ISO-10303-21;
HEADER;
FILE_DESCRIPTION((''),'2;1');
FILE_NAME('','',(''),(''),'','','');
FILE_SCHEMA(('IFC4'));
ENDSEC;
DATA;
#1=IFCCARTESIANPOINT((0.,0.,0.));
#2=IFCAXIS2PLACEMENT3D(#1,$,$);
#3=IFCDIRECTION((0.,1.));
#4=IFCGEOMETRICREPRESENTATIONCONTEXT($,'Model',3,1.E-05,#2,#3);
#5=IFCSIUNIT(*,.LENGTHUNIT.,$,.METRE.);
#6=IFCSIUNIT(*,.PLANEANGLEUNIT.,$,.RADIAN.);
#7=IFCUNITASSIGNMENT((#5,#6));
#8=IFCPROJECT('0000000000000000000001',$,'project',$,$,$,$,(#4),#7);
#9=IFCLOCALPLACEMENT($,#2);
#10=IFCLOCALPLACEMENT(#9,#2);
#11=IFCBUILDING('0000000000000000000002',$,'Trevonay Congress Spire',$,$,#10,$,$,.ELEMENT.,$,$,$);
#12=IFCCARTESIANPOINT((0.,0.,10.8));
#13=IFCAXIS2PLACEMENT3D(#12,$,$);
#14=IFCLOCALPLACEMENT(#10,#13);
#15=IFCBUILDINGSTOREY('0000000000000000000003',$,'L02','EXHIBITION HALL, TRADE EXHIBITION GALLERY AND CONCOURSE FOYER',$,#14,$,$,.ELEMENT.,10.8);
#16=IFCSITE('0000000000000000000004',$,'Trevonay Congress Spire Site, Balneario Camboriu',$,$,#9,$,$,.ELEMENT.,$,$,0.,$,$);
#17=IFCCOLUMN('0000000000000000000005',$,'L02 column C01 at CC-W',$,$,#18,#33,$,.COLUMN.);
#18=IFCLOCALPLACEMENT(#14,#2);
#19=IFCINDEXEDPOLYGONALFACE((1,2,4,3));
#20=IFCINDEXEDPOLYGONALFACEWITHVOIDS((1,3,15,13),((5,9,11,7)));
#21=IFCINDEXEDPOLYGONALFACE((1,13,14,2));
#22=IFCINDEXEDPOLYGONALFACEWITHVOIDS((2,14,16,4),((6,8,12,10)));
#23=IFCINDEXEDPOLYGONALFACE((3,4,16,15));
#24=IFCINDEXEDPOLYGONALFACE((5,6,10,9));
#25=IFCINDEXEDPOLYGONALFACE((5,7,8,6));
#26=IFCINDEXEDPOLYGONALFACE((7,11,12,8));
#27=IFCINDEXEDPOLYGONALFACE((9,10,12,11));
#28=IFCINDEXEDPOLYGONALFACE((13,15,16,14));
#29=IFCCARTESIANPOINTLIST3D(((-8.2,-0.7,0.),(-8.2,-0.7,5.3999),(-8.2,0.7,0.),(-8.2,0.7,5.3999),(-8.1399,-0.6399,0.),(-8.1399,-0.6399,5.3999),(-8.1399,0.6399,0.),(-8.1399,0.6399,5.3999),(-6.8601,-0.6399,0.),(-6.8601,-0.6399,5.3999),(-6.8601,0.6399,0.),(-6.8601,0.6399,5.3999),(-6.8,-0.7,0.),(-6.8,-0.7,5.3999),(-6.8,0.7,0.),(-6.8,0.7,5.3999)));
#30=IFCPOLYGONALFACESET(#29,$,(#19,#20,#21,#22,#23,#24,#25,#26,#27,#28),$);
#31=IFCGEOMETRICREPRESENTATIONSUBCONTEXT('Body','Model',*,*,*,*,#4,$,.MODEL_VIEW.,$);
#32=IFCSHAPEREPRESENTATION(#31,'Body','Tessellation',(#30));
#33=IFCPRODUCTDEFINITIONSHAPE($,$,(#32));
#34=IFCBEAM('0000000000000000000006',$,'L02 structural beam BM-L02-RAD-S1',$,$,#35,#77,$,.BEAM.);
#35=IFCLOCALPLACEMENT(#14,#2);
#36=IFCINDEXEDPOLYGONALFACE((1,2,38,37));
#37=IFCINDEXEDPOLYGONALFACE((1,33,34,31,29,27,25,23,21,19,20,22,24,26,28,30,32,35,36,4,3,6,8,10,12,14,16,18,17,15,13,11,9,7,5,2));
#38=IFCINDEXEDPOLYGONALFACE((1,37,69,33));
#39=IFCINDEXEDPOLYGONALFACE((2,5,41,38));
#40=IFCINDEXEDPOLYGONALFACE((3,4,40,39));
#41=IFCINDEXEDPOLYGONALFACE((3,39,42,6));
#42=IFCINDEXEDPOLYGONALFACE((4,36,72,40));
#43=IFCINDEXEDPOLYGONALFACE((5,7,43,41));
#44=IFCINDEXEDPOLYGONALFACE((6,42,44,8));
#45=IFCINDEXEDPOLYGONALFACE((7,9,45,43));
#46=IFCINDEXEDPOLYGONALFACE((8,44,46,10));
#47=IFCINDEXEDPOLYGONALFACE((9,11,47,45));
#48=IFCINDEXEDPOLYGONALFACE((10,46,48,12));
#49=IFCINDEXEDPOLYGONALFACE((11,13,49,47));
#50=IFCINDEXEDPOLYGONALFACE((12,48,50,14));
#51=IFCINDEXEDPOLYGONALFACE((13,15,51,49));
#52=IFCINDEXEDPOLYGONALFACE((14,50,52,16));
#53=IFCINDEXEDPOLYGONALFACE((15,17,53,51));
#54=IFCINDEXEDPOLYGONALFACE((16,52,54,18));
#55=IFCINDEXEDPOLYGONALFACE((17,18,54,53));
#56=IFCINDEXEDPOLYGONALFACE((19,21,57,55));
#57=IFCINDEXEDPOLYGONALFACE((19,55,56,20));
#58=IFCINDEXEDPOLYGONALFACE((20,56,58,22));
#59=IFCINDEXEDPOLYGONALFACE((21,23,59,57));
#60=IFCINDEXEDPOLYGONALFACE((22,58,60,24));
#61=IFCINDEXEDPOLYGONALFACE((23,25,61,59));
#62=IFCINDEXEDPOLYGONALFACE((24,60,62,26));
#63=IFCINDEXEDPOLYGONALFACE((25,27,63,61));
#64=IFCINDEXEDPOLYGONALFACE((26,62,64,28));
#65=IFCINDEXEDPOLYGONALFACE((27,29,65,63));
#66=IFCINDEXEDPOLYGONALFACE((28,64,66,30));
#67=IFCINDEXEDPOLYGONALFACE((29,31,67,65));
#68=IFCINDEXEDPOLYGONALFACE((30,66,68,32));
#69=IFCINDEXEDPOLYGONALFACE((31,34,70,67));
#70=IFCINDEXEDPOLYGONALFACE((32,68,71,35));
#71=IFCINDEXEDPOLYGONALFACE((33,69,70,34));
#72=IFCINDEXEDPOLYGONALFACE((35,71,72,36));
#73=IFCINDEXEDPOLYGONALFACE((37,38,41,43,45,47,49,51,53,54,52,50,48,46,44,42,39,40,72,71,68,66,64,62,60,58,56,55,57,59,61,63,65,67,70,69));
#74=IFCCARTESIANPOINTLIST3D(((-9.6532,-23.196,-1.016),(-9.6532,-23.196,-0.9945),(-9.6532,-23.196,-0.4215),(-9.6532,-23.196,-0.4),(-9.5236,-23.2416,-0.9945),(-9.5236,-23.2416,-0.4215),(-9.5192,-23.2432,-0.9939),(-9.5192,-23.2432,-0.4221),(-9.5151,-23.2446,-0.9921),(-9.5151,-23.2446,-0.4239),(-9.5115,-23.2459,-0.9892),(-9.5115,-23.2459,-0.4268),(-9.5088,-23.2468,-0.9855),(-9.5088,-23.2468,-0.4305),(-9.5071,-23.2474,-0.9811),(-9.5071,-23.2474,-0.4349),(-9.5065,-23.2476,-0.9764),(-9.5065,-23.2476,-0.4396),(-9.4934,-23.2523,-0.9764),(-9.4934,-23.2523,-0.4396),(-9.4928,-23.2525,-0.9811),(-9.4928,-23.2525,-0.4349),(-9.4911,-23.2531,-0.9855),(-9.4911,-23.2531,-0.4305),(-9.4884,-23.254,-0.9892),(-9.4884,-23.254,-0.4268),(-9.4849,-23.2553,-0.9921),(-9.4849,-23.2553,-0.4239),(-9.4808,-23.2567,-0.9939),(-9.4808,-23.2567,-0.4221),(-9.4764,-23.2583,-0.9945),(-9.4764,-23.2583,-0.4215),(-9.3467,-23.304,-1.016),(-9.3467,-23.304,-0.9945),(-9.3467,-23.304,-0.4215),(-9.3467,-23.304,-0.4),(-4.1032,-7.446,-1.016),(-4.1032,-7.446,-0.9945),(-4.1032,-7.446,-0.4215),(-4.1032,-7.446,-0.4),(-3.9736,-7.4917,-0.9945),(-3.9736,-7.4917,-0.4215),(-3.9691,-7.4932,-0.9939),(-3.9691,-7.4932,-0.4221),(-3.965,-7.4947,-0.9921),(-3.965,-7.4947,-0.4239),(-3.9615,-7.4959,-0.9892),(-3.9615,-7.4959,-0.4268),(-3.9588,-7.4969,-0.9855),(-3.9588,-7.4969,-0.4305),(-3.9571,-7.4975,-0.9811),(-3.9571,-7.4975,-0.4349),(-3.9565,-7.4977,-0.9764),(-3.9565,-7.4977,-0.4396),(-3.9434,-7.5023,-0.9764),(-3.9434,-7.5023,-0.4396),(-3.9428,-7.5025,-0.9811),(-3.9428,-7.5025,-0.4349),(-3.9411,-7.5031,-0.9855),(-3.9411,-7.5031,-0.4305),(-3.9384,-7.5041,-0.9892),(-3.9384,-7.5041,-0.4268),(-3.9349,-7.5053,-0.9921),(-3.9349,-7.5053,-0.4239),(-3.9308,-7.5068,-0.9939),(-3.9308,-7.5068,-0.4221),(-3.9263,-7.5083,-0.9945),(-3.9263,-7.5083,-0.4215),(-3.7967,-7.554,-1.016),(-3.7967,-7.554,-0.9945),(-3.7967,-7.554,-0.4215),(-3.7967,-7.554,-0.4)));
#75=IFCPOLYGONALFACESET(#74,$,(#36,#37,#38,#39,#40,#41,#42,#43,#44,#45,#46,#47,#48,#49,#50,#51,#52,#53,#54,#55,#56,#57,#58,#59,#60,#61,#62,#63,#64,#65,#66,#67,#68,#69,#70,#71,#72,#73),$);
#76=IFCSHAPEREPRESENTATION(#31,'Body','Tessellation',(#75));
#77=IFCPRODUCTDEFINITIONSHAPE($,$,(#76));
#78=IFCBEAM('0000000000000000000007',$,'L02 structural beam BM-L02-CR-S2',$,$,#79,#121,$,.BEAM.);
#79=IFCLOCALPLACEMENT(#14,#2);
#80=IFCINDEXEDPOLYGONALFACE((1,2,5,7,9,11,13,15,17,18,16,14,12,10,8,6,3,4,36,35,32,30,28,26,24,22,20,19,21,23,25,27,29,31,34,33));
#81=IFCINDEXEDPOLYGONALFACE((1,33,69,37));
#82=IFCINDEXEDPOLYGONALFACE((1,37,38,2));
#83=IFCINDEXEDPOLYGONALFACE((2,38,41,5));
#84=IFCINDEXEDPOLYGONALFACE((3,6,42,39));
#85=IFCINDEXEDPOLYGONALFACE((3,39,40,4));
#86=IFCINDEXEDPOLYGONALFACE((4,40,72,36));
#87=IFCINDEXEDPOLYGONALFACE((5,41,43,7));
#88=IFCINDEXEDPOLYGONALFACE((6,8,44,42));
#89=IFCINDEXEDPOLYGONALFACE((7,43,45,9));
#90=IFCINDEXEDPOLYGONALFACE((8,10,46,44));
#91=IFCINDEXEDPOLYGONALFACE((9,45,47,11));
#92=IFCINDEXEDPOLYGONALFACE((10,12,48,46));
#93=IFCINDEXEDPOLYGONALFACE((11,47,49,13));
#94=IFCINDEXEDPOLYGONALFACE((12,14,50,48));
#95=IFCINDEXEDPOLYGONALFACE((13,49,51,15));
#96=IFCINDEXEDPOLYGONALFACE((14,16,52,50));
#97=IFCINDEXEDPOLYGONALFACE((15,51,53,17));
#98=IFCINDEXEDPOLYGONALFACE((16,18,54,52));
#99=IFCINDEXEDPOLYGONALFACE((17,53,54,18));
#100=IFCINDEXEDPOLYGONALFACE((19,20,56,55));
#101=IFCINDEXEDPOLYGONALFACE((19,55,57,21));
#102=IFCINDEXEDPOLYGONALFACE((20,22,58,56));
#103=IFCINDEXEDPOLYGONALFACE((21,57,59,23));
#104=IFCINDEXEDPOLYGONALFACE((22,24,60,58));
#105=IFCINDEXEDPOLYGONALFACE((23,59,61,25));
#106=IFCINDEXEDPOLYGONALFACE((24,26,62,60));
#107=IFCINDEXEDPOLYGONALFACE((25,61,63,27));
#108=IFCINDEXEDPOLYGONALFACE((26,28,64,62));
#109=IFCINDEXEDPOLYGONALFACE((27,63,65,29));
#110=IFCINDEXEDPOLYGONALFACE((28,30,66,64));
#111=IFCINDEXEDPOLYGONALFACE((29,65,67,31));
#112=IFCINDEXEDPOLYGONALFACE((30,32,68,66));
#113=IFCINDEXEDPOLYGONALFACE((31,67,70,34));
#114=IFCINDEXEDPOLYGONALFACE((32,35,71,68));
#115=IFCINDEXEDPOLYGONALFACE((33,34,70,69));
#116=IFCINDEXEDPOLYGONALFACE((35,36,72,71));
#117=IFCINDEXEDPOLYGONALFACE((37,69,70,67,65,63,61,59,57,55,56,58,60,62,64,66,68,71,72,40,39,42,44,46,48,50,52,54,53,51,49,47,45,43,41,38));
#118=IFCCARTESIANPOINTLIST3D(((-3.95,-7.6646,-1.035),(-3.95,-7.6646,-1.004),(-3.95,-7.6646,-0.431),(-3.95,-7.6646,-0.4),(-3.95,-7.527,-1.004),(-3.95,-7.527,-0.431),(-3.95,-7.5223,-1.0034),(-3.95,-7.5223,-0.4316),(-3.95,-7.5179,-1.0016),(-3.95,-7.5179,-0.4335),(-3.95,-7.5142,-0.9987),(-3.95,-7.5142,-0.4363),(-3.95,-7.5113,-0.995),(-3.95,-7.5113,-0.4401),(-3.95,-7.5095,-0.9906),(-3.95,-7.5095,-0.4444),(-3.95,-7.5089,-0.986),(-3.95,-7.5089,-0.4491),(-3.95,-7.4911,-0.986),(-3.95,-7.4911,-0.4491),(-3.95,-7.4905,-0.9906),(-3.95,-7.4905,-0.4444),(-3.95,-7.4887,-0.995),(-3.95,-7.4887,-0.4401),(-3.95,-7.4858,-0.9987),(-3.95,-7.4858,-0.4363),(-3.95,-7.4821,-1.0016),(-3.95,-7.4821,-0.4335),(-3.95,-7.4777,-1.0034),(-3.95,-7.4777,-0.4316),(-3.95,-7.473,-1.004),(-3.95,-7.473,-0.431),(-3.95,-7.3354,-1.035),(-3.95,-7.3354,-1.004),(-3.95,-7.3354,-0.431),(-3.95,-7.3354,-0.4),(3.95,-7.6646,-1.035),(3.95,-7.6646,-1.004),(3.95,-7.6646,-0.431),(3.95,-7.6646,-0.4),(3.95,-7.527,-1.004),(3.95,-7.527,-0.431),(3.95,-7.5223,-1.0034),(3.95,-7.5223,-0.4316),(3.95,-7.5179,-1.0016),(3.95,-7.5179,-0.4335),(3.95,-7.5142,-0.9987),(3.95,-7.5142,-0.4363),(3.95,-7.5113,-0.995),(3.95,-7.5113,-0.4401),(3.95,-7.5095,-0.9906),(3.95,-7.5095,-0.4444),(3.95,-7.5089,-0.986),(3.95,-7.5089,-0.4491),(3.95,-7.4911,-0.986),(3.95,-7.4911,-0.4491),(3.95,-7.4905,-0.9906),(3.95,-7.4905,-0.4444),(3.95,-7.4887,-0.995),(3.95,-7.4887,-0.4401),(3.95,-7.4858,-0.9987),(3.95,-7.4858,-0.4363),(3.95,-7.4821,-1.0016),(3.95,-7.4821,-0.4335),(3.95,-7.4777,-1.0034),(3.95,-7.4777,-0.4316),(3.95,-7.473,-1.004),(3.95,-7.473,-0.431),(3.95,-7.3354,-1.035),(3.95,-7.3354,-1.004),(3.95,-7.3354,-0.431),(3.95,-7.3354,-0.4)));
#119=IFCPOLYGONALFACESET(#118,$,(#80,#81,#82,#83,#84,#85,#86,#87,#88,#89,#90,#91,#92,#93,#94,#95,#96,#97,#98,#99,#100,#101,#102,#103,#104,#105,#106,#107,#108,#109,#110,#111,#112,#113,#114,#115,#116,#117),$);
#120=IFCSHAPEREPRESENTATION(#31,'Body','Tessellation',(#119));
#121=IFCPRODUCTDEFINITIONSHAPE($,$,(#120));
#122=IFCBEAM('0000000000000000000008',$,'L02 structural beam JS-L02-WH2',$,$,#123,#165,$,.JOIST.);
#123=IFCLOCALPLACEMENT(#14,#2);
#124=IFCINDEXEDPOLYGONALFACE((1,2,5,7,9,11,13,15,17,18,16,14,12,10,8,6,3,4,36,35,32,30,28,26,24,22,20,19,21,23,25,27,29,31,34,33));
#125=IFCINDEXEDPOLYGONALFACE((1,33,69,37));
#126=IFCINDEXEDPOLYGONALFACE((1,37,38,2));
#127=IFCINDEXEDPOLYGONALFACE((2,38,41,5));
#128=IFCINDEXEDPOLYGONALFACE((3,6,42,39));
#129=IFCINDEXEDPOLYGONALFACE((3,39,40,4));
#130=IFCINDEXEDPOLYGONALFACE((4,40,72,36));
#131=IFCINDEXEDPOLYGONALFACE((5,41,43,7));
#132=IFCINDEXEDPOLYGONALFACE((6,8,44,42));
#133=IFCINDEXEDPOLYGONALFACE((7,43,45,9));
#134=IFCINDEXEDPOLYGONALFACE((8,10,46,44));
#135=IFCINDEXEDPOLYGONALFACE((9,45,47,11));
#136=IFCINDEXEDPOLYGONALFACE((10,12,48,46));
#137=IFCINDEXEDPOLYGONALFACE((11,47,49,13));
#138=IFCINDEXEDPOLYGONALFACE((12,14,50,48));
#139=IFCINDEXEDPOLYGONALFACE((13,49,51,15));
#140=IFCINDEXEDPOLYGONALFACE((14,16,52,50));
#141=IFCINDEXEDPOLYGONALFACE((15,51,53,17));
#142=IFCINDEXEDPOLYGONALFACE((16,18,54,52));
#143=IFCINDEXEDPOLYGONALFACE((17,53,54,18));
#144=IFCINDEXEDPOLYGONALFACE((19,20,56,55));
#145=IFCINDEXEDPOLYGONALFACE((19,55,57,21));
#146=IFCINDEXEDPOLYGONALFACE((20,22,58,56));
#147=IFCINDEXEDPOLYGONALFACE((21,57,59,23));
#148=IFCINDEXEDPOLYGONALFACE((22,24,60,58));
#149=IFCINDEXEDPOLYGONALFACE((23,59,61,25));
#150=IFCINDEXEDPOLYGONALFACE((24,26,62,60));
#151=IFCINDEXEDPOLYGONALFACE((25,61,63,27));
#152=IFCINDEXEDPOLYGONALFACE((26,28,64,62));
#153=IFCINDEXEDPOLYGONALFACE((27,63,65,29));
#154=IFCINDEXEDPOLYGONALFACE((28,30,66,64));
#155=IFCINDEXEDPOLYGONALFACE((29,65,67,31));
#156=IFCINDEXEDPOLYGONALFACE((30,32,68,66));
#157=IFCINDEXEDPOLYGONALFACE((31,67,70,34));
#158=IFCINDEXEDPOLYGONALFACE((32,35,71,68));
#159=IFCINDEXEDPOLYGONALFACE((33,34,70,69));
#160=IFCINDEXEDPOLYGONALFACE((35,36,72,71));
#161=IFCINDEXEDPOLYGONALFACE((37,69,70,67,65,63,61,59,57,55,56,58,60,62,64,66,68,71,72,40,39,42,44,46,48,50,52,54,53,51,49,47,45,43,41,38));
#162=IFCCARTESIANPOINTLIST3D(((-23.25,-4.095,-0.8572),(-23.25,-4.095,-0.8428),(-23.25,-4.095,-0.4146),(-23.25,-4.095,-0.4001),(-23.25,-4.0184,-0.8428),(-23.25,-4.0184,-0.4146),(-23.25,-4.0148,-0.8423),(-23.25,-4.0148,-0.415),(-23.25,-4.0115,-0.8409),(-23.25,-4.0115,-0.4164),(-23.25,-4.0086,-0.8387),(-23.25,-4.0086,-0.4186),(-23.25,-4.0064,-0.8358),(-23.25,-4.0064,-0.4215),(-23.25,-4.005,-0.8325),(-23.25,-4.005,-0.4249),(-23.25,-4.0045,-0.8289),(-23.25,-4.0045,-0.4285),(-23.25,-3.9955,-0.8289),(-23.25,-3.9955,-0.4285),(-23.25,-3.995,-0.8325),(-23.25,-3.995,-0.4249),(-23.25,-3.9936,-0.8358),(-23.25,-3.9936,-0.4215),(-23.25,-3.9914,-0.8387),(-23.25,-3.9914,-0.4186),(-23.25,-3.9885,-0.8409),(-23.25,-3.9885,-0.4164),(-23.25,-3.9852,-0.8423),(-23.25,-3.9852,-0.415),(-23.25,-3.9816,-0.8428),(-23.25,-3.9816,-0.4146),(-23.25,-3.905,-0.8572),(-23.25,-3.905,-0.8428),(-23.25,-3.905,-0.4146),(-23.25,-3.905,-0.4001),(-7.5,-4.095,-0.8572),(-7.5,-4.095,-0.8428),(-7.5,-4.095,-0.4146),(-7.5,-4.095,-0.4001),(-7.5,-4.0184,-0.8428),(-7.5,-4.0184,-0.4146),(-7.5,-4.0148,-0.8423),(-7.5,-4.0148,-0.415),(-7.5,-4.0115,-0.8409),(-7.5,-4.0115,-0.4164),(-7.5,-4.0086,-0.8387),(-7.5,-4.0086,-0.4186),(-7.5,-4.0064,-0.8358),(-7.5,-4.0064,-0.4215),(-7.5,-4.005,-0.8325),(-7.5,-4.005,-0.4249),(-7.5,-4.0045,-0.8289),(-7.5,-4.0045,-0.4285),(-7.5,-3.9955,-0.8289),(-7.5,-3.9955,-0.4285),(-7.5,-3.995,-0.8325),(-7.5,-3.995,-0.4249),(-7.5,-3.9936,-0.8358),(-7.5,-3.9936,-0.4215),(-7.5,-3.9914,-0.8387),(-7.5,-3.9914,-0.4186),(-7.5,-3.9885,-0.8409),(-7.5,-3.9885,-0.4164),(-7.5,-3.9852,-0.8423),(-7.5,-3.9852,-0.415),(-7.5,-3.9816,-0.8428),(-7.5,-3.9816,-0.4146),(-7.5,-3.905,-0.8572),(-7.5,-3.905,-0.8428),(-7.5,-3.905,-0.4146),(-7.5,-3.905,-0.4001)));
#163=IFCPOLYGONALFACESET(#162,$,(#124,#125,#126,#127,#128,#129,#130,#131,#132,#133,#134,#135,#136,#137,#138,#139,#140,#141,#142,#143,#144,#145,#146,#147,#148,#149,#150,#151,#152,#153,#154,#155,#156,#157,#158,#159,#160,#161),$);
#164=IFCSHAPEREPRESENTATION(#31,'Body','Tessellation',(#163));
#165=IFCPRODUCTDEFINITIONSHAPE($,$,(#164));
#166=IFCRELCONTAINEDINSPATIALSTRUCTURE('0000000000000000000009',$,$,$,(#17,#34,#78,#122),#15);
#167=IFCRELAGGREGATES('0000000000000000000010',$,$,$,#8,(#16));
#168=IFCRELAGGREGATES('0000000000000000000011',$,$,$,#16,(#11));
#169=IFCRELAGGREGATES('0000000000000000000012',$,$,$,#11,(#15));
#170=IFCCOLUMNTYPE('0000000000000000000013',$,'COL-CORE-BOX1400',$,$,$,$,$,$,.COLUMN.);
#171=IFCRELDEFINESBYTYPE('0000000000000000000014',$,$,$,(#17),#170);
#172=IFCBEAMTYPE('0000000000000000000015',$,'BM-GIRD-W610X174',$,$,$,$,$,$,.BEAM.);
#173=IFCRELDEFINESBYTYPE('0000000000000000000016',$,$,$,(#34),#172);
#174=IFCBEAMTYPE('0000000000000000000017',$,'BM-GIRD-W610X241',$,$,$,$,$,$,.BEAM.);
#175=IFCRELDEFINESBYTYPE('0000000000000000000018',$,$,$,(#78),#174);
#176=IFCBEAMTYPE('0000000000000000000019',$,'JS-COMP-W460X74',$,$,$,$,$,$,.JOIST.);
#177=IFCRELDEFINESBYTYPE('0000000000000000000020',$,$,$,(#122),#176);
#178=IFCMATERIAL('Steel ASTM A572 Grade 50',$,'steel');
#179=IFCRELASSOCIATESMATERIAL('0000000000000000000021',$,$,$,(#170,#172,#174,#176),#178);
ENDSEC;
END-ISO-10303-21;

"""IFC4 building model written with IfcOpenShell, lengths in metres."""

from ifc_helpers import new_model, si_unit, direction, frame, origin, origin_2d, place, context, subcontext, project, spatial, hollow_rectangle, i_section, extrude, material, material_profile, profile_set, type_object, element, save


model = new_model("IFC4")

# Units and contexts
model_context = context("Model", 3, precision=1e-05, world=origin(), true_north=direction((0.0, 1.0)))
body_context = subcontext(model_context, "Body", "Model", "MODEL_VIEW")
ifc_project = project(units=[si_unit("LENGTHUNIT", "METRE"), si_unit("PLANEANGLEUNIT", "RADIAN")], contexts=[model_context])

# Site, building, storey
site_placement = place(None, origin())
site = spatial("IfcSite", under=ifc_project, at=site_placement, Name="Trevonay Congress Spire Site, Balneario Camboriu", CompositionType="ELEMENT", RefElevation=0.0)
building_placement = place(site_placement, origin())
building = spatial("IfcBuilding", under=site, at=building_placement, Name="Trevonay Congress Spire", CompositionType="ELEMENT")
storey_placement = place(building_placement, frame((0.0, 0.0, 10.8)))
storey = spatial("IfcBuildingStorey", under=building, at=storey_placement, Name="L02", Description="EXHIBITION HALL, TRADE EXHIBITION GALLERY AND CONCOURSE FOYER", CompositionType="ELEMENT", Elevation=10.8)

# Column
ifc_material_1 = material(Name="Steel ASTM A572 Grade 50", Category="steel")
ifc_material_profile_1 = material_profile(ifc_material_1, hollow_rectangle(XDim=1.3999, YDim=1.3999, WallThickness=0.0601, at=origin_2d()), Name="BOX 1400x1400x60")
ifc_profile_set_1 = profile_set([ifc_material_profile_1], Name="Steel ASTM A572 Grade 50")
column_type = type_object("IfcColumnType", Name="COL-CORE-BOX1400", PredefinedType="COLUMN", material=ifc_profile_set_1)
column_placement = place(storey_placement, frame((-7.5, 0.0, 0.0), z_axis=(0.0, 0.0, 1.0), x_axis=(1.0, 0.0, 0.0)))
element("IfcColumn", 1, at=column_placement, inside=storey, type_object=column_type, Name="L02 column C01 at CC-W", PredefinedType="COLUMN", context=body_context, shape_type="SweptSolid", body=[
    extrude(hollow_rectangle(XDim=1.3999, YDim=1.3999, WallThickness=0.0601, at=origin_2d()), origin(), (0.0, 0.0, 1.0), 5.3999),
])

# Beams
ifc_material_profile_2 = material_profile(ifc_material_1, i_section(OverallWidth=0.325, OverallDepth=0.616, WebThickness=0.0139, FlangeThickness=0.0215, FilletRadius=0.0181, at=origin_2d()), Name="W610x174")
ifc_profile_set_2 = profile_set([ifc_material_profile_2], Name="Steel ASTM A572 Grade 50")
beam_type_1 = type_object("IfcBeamType", Name="BM-GIRD-W610X174", PredefinedType="BEAM", material=ifc_profile_set_2)
beam_1_placement = place(storey_placement, frame((-3.95, -7.5, -0.708), z_axis=(-0.332353, -0.943155, 0.0), x_axis=(0.943155, -0.332353, 0.0)))
element("IfcBeam", 2, at=beam_1_placement, inside=storey, type_object=beam_type_1, Name="L02 structural beam BM-L02-RAD-S1", PredefinedType="BEAM", context=body_context, shape_type="SweptSolid", body=[
    extrude(i_section(OverallWidth=0.325, OverallDepth=0.616, WebThickness=0.0139, FlangeThickness=0.0215, FilletRadius=0.0181, at=origin_2d()), origin(), (0.0, 0.0, 1.0), 16.6992),
])
ifc_material_profile_3 = material_profile(ifc_material_1, i_section(OverallWidth=0.3291, OverallDepth=0.635, WebThickness=0.0178, FlangeThickness=0.031, FilletRadius=0.0181, at=origin_2d()), Name="W610x241")
ifc_profile_set_3 = profile_set([ifc_material_profile_3], Name="Steel ASTM A572 Grade 50")
beam_type_2 = type_object("IfcBeamType", Name="BM-GIRD-W610X241", PredefinedType="BEAM", material=ifc_profile_set_3)
beam_2_placement = place(storey_placement, frame((-3.95, -7.5, -0.7175), z_axis=(1.0, 0.0, 0.0), x_axis=(0.0, 1.0, 0.0)))
element("IfcBeam", 3, at=beam_2_placement, inside=storey, type_object=beam_type_2, Name="L02 structural beam BM-L02-CR-S2", PredefinedType="BEAM", context=body_context, shape_type="SweptSolid", body=[
    extrude(i_section(OverallWidth=0.3291, OverallDepth=0.635, WebThickness=0.0178, FlangeThickness=0.031, FilletRadius=0.0181, at=origin_2d()), origin(), (0.0, 0.0, 1.0), 7.8999),
])
ifc_material_profile_4 = material_profile(ifc_material_1, i_section(OverallWidth=0.1899, OverallDepth=0.457, WebThickness=0.009, FlangeThickness=0.0144, FilletRadius=0.0139, at=origin_2d()), Name="W460x74")
ifc_profile_set_4 = profile_set([ifc_material_profile_4], Name="Steel ASTM A572 Grade 50")
beam_type_3 = type_object("IfcBeamType", Name="JS-COMP-W460X74", PredefinedType="JOIST", material=ifc_profile_set_4)
beam_3_placement = place(storey_placement, frame((-23.25, -4.0, -0.6287), z_axis=(1.0, 0.0, 0.0), x_axis=(0.0, 1.0, 0.0)))
element("IfcBeam", 4, at=beam_3_placement, inside=storey, type_object=beam_type_3, Name="L02 structural beam JS-L02-WH2", PredefinedType="JOIST", context=body_context, shape_type="SweptSolid", body=[
    extrude(i_section(OverallWidth=0.1899, OverallDepth=0.457, WebThickness=0.009, FlangeThickness=0.0144, FilletRadius=0.0139, at=origin_2d()), origin(), (0.0, 0.0, 1.0), 15.75),
])

save(model, "model.ifc")
